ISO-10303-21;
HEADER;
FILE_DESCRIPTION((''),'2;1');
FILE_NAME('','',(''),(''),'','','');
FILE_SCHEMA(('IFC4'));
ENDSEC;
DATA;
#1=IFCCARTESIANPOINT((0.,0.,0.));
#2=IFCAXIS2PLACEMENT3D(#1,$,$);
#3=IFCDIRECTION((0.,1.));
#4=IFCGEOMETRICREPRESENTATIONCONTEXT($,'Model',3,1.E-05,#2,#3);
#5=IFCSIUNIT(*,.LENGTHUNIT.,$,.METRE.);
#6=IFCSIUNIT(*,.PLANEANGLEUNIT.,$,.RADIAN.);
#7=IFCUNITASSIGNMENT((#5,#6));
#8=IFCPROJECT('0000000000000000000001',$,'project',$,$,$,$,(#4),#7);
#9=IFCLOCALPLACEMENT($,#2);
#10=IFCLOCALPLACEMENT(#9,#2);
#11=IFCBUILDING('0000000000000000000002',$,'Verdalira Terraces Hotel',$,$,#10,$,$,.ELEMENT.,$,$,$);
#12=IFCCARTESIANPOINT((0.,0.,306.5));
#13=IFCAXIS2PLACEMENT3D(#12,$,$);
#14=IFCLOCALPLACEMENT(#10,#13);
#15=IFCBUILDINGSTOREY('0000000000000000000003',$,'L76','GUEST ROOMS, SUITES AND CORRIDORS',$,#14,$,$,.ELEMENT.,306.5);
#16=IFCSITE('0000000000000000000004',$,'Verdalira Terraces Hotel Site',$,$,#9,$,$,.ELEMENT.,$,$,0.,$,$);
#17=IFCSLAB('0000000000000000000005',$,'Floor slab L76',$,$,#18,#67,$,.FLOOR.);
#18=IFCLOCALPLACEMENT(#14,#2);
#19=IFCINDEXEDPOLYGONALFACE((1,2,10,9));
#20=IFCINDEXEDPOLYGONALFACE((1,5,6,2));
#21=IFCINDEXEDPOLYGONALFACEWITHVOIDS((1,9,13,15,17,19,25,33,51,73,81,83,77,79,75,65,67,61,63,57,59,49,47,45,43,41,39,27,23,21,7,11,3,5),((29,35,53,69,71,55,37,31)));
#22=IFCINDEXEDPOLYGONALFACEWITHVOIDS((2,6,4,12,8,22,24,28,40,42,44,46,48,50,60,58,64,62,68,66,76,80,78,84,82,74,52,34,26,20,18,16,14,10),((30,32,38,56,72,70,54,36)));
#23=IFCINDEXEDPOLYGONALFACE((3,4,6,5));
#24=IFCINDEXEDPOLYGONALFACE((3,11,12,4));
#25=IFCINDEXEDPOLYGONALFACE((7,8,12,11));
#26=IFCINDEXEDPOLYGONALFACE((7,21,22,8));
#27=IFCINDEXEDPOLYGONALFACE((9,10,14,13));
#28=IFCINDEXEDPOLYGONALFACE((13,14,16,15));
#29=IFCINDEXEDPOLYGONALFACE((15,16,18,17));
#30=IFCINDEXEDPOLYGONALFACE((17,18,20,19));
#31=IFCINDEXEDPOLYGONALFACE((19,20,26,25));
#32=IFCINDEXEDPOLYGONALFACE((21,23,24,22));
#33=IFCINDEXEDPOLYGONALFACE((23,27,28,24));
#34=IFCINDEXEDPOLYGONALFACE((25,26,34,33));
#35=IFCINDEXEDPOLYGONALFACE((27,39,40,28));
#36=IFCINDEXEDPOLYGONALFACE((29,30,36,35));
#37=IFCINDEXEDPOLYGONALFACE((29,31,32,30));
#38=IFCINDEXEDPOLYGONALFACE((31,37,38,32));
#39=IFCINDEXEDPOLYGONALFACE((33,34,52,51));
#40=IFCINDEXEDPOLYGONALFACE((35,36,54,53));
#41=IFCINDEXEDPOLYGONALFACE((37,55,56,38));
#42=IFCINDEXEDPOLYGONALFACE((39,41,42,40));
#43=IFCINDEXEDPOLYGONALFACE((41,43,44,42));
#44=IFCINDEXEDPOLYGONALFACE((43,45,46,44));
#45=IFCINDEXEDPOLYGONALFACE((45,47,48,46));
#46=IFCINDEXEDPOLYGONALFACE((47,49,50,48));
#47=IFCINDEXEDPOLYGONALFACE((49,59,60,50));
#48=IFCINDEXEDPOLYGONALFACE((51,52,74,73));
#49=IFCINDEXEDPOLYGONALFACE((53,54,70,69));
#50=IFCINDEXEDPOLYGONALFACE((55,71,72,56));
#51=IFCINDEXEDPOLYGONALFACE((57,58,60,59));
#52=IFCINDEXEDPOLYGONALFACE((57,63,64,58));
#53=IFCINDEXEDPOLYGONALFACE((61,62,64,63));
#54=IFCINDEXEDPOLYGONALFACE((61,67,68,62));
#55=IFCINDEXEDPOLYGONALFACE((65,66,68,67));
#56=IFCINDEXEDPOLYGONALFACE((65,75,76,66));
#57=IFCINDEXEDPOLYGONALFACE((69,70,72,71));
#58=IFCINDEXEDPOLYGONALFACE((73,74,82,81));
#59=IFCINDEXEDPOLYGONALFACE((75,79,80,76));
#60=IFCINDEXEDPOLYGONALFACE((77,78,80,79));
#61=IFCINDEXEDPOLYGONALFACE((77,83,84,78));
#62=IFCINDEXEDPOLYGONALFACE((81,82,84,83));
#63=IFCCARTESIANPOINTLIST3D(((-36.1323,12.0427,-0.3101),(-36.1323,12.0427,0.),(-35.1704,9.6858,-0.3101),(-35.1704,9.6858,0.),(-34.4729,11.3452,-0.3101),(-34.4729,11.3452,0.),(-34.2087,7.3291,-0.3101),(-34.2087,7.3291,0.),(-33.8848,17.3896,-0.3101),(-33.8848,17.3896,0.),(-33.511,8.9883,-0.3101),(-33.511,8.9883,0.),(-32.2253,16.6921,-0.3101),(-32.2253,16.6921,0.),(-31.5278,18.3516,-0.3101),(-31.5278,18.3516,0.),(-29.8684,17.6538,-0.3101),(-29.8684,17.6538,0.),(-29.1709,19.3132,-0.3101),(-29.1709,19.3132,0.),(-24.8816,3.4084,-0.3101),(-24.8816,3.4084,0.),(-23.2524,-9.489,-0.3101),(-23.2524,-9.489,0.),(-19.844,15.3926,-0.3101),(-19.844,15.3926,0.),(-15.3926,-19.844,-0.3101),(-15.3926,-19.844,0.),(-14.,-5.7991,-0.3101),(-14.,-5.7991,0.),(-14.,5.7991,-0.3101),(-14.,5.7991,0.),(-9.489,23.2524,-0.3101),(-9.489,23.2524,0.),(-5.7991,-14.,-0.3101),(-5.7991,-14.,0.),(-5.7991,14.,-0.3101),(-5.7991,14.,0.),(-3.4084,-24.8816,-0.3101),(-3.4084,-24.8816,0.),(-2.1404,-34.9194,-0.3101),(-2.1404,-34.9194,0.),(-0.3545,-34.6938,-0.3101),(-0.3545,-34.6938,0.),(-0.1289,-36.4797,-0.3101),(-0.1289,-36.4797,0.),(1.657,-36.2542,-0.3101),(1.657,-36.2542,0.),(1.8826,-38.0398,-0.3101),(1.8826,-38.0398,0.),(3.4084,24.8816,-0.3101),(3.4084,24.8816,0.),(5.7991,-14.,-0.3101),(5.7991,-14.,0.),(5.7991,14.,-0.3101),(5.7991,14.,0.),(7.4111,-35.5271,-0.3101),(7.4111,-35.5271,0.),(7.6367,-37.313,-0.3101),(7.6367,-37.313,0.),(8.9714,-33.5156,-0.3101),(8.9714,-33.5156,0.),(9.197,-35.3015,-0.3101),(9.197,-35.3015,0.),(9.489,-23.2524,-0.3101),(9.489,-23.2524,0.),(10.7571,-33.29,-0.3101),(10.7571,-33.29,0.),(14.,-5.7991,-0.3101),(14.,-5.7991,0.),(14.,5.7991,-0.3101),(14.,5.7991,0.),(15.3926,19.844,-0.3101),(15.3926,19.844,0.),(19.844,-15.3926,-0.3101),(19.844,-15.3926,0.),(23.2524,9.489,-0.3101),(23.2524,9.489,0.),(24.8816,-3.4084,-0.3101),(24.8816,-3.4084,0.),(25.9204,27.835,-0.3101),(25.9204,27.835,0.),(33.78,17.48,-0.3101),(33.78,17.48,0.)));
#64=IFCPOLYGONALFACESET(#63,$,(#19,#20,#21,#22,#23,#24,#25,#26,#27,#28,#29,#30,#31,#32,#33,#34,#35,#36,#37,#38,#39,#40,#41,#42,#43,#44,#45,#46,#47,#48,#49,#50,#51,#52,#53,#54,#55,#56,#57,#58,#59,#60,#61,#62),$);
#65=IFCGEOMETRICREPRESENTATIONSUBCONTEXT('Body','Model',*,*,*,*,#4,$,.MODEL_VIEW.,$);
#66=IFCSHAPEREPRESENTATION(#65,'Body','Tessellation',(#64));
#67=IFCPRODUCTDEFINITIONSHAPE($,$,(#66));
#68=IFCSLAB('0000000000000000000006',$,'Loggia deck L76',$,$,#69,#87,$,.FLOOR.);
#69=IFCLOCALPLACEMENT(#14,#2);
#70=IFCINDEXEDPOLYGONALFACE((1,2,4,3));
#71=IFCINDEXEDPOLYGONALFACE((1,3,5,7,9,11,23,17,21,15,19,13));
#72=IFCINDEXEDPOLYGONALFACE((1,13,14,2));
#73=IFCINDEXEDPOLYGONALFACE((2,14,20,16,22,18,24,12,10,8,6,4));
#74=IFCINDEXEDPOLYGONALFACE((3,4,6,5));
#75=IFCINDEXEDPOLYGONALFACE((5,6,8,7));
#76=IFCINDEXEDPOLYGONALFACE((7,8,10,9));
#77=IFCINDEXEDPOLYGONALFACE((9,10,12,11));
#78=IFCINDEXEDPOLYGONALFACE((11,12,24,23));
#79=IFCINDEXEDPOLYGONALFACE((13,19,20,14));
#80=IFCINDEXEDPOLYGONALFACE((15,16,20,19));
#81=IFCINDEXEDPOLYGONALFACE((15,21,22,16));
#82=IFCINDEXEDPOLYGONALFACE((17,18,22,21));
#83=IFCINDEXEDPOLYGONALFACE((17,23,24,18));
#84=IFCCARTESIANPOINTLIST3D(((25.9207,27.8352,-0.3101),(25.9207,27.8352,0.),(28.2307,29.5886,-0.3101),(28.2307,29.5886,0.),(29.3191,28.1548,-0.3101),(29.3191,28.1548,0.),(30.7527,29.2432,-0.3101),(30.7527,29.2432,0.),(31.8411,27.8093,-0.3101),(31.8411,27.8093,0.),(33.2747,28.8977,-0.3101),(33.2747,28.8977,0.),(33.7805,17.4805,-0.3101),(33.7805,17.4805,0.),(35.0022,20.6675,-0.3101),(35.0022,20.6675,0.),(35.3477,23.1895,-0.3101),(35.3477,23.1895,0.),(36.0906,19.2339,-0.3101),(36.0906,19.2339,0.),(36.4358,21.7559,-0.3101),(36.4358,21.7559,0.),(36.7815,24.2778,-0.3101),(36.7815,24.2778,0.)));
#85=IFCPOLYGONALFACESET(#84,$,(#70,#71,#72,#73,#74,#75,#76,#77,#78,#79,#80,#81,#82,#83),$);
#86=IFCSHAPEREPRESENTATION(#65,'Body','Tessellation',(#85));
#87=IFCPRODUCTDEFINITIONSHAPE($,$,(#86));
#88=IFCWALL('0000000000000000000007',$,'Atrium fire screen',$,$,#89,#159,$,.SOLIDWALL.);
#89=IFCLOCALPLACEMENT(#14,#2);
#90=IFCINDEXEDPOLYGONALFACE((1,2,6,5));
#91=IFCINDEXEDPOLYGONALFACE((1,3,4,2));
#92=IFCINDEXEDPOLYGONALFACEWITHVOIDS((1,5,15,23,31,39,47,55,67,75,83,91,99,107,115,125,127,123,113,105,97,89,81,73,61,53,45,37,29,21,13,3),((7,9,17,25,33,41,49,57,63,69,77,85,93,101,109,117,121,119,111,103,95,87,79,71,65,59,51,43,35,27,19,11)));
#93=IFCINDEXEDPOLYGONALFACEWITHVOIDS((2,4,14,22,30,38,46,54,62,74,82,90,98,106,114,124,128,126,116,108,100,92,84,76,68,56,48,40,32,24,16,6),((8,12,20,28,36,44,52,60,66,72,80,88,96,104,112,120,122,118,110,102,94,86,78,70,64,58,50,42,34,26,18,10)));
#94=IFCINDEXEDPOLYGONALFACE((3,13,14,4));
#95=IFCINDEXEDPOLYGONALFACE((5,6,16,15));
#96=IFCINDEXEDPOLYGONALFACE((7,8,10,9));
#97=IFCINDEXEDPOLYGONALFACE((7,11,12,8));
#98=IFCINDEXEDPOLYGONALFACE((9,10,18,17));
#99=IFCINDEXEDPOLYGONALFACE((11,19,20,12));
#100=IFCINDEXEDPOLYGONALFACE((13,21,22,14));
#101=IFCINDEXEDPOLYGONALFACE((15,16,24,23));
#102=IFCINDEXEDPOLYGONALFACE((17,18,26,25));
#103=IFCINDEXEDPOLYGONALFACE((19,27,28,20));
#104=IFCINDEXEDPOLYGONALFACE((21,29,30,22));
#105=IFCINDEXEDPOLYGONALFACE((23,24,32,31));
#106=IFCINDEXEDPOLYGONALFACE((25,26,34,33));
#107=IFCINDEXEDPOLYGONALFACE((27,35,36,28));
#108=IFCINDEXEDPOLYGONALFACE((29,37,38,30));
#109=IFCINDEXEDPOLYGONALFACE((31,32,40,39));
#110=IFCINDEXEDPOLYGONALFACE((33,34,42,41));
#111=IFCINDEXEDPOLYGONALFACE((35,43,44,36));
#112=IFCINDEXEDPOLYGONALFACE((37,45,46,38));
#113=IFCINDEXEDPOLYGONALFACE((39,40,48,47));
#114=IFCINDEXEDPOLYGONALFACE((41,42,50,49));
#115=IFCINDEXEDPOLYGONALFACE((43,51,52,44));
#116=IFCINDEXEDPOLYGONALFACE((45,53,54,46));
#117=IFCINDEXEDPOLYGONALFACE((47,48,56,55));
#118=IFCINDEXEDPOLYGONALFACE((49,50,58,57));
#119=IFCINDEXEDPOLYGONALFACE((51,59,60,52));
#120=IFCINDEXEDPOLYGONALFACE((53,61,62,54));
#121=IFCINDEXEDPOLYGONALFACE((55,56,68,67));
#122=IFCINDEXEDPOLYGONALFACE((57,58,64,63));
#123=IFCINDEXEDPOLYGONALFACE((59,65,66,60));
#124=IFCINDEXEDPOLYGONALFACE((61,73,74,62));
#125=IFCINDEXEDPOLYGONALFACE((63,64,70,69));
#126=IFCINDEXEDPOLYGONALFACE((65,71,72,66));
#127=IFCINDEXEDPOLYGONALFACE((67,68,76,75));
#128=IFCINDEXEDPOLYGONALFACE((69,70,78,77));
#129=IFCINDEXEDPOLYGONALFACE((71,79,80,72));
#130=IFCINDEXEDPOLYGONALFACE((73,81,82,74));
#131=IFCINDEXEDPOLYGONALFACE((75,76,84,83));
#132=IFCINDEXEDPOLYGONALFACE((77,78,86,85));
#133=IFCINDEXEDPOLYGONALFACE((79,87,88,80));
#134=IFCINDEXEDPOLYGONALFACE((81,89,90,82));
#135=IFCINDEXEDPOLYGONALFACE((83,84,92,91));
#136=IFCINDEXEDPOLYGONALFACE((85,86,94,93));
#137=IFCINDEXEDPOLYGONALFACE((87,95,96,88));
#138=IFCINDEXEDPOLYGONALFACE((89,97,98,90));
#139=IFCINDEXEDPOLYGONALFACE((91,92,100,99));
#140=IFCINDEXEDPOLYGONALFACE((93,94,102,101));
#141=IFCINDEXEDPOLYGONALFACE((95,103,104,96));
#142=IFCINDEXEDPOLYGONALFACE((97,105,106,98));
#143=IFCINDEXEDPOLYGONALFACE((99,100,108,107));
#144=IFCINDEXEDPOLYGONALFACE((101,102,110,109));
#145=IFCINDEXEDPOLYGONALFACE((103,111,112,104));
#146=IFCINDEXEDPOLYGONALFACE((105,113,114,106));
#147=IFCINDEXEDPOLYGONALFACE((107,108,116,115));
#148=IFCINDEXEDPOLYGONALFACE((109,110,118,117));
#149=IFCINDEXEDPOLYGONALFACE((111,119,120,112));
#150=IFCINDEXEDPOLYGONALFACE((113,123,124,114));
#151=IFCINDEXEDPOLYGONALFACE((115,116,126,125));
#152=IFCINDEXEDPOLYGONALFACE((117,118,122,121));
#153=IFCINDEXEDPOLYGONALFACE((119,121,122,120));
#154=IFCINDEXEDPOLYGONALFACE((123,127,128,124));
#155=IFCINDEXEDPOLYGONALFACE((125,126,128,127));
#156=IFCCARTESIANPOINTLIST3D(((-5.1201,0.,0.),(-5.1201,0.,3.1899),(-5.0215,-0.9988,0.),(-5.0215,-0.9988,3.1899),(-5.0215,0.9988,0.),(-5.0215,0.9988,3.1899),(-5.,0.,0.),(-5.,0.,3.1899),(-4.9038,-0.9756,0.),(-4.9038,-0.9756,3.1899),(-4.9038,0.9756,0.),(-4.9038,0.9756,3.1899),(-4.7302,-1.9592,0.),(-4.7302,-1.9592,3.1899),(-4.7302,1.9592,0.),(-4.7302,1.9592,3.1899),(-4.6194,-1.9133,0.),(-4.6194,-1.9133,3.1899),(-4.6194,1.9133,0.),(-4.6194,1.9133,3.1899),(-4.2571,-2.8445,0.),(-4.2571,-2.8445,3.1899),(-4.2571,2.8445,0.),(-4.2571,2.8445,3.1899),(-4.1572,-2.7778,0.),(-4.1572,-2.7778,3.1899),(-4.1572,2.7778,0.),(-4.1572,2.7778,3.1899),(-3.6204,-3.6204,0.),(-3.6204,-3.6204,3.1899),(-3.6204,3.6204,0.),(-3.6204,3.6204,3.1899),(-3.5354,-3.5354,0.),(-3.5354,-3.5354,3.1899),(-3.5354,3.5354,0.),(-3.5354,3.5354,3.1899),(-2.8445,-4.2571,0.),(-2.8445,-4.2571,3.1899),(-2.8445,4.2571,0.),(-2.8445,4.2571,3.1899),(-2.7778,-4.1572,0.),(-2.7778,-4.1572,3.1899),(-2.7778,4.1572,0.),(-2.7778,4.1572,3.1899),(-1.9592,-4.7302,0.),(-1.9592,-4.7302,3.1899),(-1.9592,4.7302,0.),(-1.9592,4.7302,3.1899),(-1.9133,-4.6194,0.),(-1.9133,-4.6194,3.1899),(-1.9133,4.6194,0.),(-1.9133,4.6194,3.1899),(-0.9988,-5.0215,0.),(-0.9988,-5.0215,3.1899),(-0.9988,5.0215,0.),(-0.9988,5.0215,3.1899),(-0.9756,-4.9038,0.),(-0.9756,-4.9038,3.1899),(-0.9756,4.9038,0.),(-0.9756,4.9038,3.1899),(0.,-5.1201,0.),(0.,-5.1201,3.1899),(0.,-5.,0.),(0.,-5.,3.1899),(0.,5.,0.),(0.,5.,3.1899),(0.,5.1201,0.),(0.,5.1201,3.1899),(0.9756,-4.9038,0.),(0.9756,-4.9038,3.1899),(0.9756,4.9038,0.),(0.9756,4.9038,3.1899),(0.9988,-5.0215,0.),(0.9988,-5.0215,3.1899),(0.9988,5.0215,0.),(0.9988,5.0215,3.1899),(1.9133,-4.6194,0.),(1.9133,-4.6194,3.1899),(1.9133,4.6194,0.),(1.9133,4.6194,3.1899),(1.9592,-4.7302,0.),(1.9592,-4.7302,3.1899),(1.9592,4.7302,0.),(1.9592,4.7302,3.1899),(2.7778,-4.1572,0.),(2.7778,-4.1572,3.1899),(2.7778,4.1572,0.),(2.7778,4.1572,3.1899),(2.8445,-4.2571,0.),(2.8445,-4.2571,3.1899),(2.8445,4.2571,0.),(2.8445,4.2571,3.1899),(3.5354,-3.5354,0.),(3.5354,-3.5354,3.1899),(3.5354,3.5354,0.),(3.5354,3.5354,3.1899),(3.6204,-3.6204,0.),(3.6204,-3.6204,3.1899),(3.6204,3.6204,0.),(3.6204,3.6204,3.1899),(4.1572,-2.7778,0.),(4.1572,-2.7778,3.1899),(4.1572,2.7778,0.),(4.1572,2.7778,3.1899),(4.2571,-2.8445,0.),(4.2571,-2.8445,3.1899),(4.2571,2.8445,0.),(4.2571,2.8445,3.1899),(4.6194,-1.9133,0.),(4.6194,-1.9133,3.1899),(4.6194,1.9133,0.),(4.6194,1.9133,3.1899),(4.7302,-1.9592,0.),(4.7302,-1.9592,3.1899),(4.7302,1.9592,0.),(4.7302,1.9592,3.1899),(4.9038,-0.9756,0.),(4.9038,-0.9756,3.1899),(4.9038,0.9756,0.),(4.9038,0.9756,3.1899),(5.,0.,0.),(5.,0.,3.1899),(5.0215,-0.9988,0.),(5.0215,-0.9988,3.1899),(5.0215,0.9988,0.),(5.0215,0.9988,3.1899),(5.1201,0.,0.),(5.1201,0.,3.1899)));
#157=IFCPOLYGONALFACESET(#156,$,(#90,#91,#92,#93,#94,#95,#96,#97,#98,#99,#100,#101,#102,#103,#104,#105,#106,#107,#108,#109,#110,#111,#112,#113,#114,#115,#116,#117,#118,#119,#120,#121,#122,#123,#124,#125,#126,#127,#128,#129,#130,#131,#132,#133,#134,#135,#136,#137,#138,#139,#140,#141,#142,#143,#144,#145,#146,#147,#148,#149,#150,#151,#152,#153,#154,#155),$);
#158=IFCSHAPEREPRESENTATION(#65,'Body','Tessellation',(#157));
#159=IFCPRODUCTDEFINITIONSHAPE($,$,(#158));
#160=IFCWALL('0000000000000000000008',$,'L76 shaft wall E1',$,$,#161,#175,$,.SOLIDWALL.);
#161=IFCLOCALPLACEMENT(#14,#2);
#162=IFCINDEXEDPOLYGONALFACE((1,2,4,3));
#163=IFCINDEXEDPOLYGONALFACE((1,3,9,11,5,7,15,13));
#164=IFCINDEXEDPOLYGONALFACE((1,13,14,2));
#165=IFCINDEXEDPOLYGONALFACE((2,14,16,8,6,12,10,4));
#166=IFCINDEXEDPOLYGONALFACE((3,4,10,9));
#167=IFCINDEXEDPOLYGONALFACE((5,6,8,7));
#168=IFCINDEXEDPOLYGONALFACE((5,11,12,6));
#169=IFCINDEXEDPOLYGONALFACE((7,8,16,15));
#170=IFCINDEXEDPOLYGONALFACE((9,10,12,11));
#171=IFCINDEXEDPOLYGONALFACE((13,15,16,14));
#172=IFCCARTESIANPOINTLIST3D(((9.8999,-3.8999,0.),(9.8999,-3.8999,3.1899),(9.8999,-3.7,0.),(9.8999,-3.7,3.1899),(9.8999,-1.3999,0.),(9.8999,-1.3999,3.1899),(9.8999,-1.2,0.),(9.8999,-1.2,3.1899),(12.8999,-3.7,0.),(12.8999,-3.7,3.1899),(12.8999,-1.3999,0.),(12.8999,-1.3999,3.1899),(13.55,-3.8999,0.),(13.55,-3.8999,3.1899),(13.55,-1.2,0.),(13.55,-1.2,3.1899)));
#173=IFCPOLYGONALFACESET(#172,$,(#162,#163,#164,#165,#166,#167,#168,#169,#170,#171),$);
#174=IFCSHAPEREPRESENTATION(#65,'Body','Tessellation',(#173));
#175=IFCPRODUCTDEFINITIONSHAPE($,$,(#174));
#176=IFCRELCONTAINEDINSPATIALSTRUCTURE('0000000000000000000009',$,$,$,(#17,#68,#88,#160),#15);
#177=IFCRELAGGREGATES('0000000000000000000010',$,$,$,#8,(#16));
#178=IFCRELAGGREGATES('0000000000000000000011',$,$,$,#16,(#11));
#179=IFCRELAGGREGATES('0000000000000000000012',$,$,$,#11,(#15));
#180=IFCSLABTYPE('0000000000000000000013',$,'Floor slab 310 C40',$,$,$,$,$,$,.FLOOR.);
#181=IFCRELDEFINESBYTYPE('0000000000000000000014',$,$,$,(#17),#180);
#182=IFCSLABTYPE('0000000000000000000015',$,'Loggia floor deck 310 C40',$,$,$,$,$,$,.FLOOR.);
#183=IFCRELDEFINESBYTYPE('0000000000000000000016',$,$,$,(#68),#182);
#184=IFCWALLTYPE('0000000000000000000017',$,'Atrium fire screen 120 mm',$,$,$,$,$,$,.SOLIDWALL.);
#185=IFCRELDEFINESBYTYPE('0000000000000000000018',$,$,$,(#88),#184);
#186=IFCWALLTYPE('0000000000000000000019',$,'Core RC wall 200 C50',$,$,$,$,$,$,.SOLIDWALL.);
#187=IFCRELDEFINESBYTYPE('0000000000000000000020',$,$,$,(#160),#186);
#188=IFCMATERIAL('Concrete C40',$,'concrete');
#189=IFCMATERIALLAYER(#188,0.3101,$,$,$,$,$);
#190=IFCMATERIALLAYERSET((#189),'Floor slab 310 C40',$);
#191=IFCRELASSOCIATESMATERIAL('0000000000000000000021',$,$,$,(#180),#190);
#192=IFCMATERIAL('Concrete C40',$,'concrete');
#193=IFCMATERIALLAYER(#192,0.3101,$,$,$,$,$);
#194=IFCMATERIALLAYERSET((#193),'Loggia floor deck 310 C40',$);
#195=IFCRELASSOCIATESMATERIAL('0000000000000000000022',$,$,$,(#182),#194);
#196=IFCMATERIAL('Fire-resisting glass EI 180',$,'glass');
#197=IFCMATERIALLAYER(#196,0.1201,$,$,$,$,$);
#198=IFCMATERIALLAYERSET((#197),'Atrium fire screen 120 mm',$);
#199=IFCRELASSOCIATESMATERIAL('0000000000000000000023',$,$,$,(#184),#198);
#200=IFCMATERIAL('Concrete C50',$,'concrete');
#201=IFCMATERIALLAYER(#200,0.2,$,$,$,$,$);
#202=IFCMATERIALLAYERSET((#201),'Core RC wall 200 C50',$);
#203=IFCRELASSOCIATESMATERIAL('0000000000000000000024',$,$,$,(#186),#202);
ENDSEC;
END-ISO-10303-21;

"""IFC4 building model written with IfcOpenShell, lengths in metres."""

from ifc_helpers import new_model, si_unit, direction, frame, origin, place, context, subcontext, project, spatial, polyline, outline, extrude, material, layer, layer_set, type_object, element, save


model = new_model("IFC4")

# Units and contexts
model_context = context("Model", 3, precision=1e-05, world=origin(), true_north=direction((0.0, 1.0)))
body_context = subcontext(model_context, "Body", "Model", "MODEL_VIEW")
ifc_project = project(units=[si_unit("LENGTHUNIT", "METRE"), si_unit("PLANEANGLEUNIT", "RADIAN")], contexts=[model_context])

# Site, building, storey
site_placement = place(None, origin())
site = spatial("IfcSite", under=ifc_project, at=site_placement, Name="Verdalira Terraces Hotel Site", CompositionType="ELEMENT", RefElevation=0.0)
building_placement = place(site_placement, origin())
building = spatial("IfcBuilding", under=site, at=building_placement, Name="Verdalira Terraces Hotel", CompositionType="ELEMENT")
storey_placement = place(building_placement, frame((0.0, 0.0, 306.5)))
storey = spatial("IfcBuildingStorey", under=building, at=storey_placement, Name="L76", Description="GUEST ROOMS, SUITES AND CORRIDORS", CompositionType="ELEMENT", Elevation=306.5)

# Slabs
ifc_material_1 = material(Name="Concrete C40", Category="concrete")
ifc_layer_1 = layer(ifc_material_1, 0.3101)
ifc_layer_set_1 = layer_set([ifc_layer_1], Name="Floor slab 310 C40")
slab_type_1 = type_object("IfcSlabType", Name="Floor slab 310 C40", PredefinedType="FLOOR", material=ifc_layer_set_1)
slab_1_placement = place(storey_placement, frame((0.0, 0.0, -0.3101)))
element("IfcSlab", 1, at=slab_1_placement, inside=storey, type_object=slab_type_1, Name="Floor slab L76", PredefinedType="FLOOR", context=body_context, shape_type="SweptSolid", body=[
    extrude(outline(polyline([(24.8816, -3.4084), (23.2524, 9.489), (33.78, 17.48), (25.9204, 27.835), (15.3926, 19.844), (3.4084, 24.8816), (-9.489, 23.2524), (-19.844, 15.3926), (-29.1709, 19.3132), (-29.8684, 17.6538), (-31.5278, 18.3516), (-32.2253, 16.6921), (-33.8848, 17.3896), (-36.1323, 12.0427), (-34.4729, 11.3452), (-35.1704, 9.6858), (-33.511, 8.9883), (-34.2087, 7.3291), (-24.8816, 3.4084), (-23.2524, -9.489), (-15.3926, -19.844), (-3.4084, -24.8816), (-2.1404, -34.9194), (-0.3545, -34.6938), (-0.1289, -36.4797), (1.657, -36.2542), (1.8826, -38.0398), (7.6367, -37.313), (7.4111, -35.5271), (9.197, -35.3015), (8.9714, -33.5156), (10.7571, -33.29), (9.489, -23.2524), (19.844, -15.3926), (24.8816, -3.4084)]), holes=[polyline([(5.7991, 14.0), (14.0, 5.7991), (14.0, -5.7991), (5.7991, -14.0), (-5.7991, -14.0), (-14.0, -5.7991), (-14.0, 5.7991), (-5.7991, 14.0), (5.7991, 14.0)])]), origin(), (0.0, 0.0, 1.0), 0.3101),
])
ifc_material_2 = material(Name="Concrete C40", Category="concrete")
ifc_layer_2 = layer(ifc_material_2, 0.3101)
ifc_layer_set_2 = layer_set([ifc_layer_2], Name="Loggia floor deck 310 C40")
slab_type_2 = type_object("IfcSlabType", Name="Loggia floor deck 310 C40", PredefinedType="FLOOR", material=ifc_layer_set_2)
slab_2_placement = place(storey_placement, frame((0.0, 0.0, -0.3101)))
element("IfcSlab", 2, at=slab_2_placement, inside=storey, type_object=slab_type_2, Name="Loggia deck L76", PredefinedType="FLOOR", context=body_context, shape_type="SweptSolid", body=[
    extrude(outline(polyline([(28.2307, 29.5886), (25.9207, 27.8352), (33.7805, 17.4805), (36.0906, 19.2339), (35.0022, 20.6675), (36.4358, 21.7559), (35.3477, 23.1895), (36.7815, 24.2778), (33.2747, 28.8977), (31.8411, 27.8093), (30.7527, 29.2432), (29.3191, 28.1548), (28.2307, 29.5886)])), origin(), (0.0, 0.0, 1.0), 0.3101),
])

# Walls
ifc_material_3 = material(Name="Fire-resisting glass EI 180", Category="glass")
ifc_layer_3 = layer(ifc_material_3, 0.1201)
ifc_layer_set_3 = layer_set([ifc_layer_3], Name="Atrium fire screen 120 mm")
wall_type_1 = type_object("IfcWallType", Name="Atrium fire screen 120 mm", PredefinedType="SOLIDWALL", material=ifc_layer_set_3)
wall_1_placement = place(storey_placement, origin())
element("IfcWall", 3, at=wall_1_placement, inside=storey, type_object=wall_type_1, Name="Atrium fire screen", PredefinedType="SOLIDWALL", context=body_context, shape_type="SweptSolid", body=[
    extrude(outline(polyline([(5.0215, -0.9988), (4.7302, -1.9592), (4.2571, -2.8445), (3.6204, -3.6204), (2.8445, -4.2571), (1.9592, -4.7302), (0.9988, -5.0215), (0.0, -5.1201), (-0.9988, -5.0215), (-1.9592, -4.7302), (-2.8445, -4.2571), (-3.6204, -3.6204), (-4.2571, -2.8445), (-4.7302, -1.9592), (-5.0215, -0.9988), (-5.1201, 0.0), (-5.0215, 0.9988), (-4.7302, 1.9592), (-4.2571, 2.8445), (-3.6204, 3.6204), (-2.8445, 4.2571), (-1.9592, 4.7302), (-0.9988, 5.0215), (0.0, 5.1201), (0.9988, 5.0215), (1.9592, 4.7302), (2.8445, 4.2571), (3.6204, 3.6204), (4.2571, 2.8445), (4.7302, 1.9592), (5.0215, 0.9988), (5.1201, 0.0), (5.0215, -0.9988)]), holes=[polyline([(4.9038, 0.9756), (4.6194, 1.9133), (4.1572, 2.7778), (3.5354, 3.5354), (2.7778, 4.1572), (1.9133, 4.6194), (0.9756, 4.9038), (0.0, 5.0), (-0.9756, 4.9038), (-1.9133, 4.6194), (-2.7778, 4.1572), (-3.5354, 3.5354), (-4.1572, 2.7778), (-4.6194, 1.9133), (-4.9038, 0.9756), (-5.0, 0.0), (-4.9038, -0.9756), (-4.6194, -1.9133), (-4.1572, -2.7778), (-3.5354, -3.5354), (-2.7778, -4.1572), (-1.9133, -4.6194), (-0.9756, -4.9038), (0.0, -5.0), (0.9756, -4.9038), (1.9133, -4.6194), (2.7778, -4.1572), (3.5354, -3.5354), (4.1572, -2.7778), (4.6194, -1.9133), (4.9038, -0.9756), (5.0, 0.0), (4.9038, 0.9756)])]), origin(), (0.0, 0.0, 1.0), 3.1899),
])
ifc_material_4 = material(Name="Concrete C50", Category="concrete")
ifc_layer_4 = layer(ifc_material_4, 0.2)
ifc_layer_set_4 = layer_set([ifc_layer_4], Name="Core RC wall 200 C50")
wall_type_2 = type_object("IfcWallType", Name="Core RC wall 200 C50", PredefinedType="SOLIDWALL", material=ifc_layer_set_4)
wall_2_placement = place(storey_placement, origin())
element("IfcWall", 4, at=wall_2_placement, inside=storey, type_object=wall_type_2, Name="L76 shaft wall E1", PredefinedType="SOLIDWALL", context=body_context, shape_type="SweptSolid", body=[
    extrude(outline(polyline([(13.55, -3.8999), (9.8999, -3.8999), (9.8999, -3.7), (12.8999, -3.7), (12.8999, -1.3999), (9.8999, -1.3999), (9.8999, -1.2), (13.55, -1.2), (13.55, -3.8999)])), origin(), (0.0, 0.0, 1.0), 3.1899),
])

save(model, "model.ifc")
